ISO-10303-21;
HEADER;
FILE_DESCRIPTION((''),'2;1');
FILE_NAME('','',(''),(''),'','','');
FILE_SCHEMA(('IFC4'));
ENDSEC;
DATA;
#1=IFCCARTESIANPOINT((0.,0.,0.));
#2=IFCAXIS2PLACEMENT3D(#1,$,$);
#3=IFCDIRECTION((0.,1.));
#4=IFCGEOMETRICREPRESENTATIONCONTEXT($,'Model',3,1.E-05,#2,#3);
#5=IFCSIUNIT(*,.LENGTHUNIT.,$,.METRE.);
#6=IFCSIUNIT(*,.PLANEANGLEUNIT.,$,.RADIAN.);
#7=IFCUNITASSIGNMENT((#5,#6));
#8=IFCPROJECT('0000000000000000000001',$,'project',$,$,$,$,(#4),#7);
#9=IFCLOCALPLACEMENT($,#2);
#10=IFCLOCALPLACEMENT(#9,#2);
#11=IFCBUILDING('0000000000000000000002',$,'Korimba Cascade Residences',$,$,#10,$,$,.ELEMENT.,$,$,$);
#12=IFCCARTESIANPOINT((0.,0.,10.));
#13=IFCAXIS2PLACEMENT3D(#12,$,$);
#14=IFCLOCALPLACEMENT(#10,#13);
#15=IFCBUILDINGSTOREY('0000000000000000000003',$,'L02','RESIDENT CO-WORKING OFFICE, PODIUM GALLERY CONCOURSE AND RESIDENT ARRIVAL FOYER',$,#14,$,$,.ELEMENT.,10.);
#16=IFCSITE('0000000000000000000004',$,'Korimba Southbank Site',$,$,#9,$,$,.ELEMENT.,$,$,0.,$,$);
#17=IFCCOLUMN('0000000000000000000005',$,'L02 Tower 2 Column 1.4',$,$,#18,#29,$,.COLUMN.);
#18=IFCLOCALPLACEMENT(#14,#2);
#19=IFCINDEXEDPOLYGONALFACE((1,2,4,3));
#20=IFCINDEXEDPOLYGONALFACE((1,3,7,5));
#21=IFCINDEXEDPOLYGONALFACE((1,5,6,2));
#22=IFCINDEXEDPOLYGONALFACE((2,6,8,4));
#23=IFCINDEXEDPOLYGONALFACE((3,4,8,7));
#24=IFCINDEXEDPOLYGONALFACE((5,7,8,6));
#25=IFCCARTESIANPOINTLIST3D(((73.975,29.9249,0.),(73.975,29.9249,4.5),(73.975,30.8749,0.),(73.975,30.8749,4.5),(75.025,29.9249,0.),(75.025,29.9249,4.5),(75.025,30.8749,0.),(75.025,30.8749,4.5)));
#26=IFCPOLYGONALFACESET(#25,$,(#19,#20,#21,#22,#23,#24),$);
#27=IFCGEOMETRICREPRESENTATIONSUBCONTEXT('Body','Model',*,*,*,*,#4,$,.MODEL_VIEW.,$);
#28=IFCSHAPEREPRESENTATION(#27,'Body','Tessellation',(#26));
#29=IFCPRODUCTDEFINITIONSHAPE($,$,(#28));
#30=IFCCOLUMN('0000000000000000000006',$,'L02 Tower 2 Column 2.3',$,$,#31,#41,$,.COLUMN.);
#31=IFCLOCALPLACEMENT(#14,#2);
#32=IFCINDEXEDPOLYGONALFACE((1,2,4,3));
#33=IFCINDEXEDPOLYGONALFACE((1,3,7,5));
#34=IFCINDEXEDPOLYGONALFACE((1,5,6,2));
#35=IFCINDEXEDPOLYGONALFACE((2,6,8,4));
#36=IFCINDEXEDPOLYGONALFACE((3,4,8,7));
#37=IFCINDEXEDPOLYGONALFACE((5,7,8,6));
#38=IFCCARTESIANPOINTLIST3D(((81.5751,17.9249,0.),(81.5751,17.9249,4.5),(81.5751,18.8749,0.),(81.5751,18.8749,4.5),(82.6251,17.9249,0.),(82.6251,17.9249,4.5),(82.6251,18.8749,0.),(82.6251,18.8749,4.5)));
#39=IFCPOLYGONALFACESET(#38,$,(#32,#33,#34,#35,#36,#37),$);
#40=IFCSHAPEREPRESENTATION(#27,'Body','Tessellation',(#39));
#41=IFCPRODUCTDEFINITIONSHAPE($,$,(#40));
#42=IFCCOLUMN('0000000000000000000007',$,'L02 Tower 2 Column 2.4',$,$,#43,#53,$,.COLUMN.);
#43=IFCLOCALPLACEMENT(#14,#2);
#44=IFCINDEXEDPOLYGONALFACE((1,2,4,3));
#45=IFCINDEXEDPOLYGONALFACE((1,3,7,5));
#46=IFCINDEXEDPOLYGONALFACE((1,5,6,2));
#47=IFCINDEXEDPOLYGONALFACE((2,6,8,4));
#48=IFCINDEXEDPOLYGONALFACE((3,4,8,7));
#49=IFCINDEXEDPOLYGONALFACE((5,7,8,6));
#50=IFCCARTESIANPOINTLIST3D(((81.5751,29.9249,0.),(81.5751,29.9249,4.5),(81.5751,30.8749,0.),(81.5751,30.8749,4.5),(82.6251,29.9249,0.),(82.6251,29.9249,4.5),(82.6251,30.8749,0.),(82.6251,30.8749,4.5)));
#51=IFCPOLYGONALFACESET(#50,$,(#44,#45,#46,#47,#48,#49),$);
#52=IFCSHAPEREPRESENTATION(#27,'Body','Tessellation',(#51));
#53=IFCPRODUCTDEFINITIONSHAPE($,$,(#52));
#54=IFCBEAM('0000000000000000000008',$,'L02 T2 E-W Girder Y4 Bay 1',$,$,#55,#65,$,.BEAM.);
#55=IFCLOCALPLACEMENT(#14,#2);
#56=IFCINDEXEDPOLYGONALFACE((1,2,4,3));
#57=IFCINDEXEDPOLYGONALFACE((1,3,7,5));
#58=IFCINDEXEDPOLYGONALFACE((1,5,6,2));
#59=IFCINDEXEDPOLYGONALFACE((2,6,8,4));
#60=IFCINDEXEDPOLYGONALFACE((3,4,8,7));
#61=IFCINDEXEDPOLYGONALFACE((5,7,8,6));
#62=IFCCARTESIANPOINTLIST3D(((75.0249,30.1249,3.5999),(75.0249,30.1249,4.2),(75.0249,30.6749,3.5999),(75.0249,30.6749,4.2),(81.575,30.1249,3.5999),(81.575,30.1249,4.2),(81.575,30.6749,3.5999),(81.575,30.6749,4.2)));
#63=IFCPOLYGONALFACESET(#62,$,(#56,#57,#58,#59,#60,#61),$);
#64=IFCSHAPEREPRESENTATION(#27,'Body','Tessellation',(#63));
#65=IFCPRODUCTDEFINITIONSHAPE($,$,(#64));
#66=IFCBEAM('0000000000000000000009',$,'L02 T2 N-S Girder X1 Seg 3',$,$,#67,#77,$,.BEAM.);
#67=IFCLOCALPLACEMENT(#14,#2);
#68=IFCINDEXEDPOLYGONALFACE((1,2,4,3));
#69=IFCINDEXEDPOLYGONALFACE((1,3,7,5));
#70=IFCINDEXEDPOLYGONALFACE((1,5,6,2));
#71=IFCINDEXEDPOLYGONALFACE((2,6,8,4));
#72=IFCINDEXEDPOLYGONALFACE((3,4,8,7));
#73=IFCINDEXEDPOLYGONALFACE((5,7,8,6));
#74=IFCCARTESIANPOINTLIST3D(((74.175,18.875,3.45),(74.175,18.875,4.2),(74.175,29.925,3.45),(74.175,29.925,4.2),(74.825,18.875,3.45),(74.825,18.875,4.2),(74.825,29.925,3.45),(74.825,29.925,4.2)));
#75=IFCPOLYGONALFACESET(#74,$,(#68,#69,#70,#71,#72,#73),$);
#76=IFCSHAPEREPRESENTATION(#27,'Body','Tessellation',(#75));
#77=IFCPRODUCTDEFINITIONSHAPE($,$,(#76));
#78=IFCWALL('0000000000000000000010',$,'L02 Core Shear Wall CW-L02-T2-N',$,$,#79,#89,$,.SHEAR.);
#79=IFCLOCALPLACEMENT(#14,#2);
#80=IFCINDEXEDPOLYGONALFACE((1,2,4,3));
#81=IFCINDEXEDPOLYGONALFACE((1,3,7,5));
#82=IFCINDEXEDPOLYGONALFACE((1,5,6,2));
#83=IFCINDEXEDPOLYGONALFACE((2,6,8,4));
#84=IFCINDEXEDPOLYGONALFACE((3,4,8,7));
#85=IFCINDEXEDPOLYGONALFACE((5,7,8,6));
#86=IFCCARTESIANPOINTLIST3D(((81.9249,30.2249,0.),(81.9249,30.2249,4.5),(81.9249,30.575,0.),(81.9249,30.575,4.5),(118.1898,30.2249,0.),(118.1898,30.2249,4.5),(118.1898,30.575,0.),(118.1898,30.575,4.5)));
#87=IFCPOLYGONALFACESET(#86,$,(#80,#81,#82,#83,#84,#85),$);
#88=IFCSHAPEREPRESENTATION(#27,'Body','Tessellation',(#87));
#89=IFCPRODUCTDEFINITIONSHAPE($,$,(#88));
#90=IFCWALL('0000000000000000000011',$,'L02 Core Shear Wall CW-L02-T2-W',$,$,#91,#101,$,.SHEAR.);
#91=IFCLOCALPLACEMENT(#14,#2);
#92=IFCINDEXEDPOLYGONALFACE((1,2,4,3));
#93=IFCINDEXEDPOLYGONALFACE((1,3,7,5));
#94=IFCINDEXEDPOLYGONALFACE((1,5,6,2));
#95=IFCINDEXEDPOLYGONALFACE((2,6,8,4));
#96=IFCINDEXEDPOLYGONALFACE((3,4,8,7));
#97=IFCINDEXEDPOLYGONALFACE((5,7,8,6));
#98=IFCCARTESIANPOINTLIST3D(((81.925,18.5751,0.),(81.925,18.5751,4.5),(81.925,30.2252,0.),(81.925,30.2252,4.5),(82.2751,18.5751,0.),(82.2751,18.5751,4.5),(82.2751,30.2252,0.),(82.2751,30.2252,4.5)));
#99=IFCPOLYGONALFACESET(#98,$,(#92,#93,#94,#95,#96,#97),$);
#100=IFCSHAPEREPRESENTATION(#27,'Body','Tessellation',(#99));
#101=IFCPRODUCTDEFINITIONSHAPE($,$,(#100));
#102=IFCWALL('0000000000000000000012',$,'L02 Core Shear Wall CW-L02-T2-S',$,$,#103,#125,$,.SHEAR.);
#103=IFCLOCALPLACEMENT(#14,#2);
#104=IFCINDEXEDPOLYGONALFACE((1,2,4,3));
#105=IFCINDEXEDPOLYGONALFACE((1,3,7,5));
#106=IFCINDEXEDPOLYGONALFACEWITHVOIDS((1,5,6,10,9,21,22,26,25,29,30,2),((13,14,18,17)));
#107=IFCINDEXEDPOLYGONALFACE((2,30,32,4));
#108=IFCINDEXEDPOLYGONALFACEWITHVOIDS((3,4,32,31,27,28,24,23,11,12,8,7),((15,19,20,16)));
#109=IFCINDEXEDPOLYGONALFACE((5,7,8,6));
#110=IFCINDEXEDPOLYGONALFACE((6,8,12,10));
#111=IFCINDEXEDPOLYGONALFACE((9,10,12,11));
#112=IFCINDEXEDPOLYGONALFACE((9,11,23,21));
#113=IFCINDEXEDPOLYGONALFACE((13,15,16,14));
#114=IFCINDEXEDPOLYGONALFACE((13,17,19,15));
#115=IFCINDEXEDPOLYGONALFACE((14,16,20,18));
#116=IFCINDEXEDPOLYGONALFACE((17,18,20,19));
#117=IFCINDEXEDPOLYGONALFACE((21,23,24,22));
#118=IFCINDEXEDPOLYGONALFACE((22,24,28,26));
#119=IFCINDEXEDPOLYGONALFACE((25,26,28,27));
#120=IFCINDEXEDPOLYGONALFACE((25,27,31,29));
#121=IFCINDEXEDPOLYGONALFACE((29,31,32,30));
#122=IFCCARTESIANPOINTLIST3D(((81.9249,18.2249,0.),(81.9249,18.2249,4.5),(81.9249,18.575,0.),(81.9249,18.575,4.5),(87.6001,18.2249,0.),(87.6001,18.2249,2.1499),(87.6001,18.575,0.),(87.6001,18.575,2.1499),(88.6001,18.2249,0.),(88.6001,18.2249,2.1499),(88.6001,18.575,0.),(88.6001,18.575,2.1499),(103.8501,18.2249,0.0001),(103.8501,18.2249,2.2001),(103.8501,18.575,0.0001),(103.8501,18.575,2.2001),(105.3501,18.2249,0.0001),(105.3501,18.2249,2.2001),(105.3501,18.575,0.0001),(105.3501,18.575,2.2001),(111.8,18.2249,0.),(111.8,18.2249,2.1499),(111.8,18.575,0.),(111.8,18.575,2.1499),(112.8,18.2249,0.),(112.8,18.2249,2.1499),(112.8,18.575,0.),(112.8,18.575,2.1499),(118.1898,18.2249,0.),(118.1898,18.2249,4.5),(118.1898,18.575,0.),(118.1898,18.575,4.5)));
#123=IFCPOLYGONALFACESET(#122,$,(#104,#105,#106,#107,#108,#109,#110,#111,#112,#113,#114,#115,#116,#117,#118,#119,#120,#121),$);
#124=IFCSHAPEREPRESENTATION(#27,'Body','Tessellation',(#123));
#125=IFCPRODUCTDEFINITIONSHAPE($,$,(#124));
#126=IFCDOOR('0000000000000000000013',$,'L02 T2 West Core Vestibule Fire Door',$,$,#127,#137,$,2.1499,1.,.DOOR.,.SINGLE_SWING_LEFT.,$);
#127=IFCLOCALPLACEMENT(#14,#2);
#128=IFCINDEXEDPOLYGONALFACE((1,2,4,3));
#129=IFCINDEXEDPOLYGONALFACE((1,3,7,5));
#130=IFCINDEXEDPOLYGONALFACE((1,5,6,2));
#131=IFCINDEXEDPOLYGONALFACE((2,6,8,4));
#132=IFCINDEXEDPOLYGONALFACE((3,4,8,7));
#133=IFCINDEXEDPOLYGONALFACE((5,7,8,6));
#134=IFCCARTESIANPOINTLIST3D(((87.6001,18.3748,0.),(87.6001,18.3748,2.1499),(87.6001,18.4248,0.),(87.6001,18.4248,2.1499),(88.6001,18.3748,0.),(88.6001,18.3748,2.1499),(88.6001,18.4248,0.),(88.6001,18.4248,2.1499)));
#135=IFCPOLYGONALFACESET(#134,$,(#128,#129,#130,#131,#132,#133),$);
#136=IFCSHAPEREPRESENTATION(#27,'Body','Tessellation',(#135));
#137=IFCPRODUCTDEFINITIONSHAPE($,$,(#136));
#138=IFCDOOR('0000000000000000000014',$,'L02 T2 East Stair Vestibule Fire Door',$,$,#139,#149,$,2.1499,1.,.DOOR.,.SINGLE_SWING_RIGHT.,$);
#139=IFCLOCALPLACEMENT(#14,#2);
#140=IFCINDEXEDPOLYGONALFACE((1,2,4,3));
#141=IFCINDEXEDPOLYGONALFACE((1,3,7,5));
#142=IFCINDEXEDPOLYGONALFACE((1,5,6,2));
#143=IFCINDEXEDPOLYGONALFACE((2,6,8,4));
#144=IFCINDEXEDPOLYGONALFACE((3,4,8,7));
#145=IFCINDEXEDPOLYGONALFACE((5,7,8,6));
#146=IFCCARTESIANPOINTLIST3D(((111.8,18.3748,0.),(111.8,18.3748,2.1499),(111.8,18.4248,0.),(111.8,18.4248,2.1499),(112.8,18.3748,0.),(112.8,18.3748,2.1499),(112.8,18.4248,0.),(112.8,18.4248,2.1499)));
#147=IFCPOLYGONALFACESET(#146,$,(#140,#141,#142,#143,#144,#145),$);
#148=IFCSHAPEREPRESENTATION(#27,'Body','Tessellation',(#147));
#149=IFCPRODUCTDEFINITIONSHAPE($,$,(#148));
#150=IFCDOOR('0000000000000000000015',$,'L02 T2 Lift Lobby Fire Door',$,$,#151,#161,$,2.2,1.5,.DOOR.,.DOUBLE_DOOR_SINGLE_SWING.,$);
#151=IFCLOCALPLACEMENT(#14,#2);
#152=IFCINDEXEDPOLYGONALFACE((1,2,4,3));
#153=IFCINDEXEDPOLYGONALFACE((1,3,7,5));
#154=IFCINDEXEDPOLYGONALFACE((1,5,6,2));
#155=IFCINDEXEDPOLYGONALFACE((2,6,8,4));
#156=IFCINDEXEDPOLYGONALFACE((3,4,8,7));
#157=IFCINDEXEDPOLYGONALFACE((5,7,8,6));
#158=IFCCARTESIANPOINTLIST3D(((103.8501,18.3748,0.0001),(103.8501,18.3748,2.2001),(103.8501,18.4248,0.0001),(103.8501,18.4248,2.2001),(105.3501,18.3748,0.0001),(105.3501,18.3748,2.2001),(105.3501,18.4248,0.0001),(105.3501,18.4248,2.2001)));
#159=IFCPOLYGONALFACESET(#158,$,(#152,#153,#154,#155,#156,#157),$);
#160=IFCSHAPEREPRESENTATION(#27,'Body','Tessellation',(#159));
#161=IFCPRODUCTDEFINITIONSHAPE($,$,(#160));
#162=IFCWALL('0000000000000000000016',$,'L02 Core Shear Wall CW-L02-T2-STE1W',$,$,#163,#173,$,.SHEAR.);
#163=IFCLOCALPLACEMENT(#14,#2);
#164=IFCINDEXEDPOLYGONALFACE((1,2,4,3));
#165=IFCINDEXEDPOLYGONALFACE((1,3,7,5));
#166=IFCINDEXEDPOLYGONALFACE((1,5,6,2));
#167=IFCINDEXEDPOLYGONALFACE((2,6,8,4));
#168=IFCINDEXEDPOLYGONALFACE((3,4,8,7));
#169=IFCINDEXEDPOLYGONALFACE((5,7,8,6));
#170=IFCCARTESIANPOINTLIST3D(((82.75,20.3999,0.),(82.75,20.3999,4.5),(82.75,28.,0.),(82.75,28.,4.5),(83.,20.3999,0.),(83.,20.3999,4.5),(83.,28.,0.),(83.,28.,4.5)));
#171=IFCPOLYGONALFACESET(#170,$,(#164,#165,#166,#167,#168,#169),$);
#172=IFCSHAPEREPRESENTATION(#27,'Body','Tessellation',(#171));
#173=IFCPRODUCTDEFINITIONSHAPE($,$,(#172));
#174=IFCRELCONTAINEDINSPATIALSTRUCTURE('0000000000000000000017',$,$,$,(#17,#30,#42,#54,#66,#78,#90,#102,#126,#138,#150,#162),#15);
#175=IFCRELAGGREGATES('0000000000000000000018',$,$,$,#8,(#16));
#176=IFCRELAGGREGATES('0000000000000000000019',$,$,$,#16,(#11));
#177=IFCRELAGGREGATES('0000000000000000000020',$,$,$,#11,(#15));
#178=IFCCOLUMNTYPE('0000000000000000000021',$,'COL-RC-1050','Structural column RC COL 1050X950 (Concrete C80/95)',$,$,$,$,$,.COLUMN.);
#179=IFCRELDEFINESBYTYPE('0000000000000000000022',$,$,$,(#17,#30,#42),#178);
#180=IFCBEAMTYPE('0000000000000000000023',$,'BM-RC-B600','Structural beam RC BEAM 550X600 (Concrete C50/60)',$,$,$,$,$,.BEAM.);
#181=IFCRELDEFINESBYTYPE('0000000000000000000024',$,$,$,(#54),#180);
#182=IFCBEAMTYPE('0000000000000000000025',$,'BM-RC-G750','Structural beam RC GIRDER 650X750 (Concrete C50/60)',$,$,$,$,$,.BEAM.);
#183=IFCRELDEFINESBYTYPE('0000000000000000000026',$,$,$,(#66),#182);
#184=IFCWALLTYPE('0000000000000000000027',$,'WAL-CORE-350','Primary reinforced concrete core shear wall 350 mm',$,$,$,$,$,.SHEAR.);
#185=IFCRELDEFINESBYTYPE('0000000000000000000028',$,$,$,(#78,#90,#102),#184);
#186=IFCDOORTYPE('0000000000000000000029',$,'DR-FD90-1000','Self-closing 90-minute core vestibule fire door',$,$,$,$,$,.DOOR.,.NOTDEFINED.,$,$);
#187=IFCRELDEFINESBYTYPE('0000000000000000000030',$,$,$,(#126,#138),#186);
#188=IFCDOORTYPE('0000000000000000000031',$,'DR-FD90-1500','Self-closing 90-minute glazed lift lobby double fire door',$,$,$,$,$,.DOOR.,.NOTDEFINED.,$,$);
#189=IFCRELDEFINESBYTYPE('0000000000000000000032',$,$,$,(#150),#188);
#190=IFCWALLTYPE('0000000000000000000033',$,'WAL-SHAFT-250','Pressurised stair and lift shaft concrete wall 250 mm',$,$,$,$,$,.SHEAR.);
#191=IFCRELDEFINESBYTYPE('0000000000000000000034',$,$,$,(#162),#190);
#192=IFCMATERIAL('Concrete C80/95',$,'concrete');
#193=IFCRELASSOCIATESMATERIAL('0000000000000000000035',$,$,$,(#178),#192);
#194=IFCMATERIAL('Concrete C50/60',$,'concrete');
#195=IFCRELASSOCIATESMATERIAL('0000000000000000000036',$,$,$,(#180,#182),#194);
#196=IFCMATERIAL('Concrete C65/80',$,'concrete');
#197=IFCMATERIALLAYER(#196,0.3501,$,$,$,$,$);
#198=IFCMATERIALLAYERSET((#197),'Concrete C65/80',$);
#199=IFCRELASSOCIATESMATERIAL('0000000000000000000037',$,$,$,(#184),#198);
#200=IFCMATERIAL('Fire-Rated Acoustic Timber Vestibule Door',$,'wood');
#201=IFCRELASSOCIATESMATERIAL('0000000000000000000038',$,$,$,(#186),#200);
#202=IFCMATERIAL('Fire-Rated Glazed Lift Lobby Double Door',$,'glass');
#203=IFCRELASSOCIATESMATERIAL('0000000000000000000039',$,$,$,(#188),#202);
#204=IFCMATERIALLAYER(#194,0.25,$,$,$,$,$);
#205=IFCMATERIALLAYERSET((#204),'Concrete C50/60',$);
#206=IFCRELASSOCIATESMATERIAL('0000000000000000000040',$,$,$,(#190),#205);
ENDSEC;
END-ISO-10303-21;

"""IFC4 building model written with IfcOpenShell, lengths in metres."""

from ifc_helpers import new_model, si_unit, direction, frame, frame_2d, origin, origin_2d, place, context, subcontext, project, spatial, rectangle, extrude, material, layer, layer_set, material_profile, profile_set, type_object, element, fill, save


model = new_model("IFC4")

# Units and contexts
model_context = context("Model", 3, precision=1e-05, world=origin(), true_north=direction((0.0, 1.0)))
body_context = subcontext(model_context, "Body", "Model", "MODEL_VIEW")
ifc_project = project(units=[si_unit("LENGTHUNIT", "METRE"), si_unit("PLANEANGLEUNIT", "RADIAN")], contexts=[model_context])

# Site, building, storey
site_placement = place(None, origin())
site = spatial("IfcSite", under=ifc_project, at=site_placement, Name="Korimba Southbank Site", CompositionType="ELEMENT", RefElevation=0.0)
building_placement = place(site_placement, origin())
building = spatial("IfcBuilding", under=site, at=building_placement, Name="Korimba Cascade Residences", CompositionType="ELEMENT")
storey_placement = place(building_placement, frame((0.0, 0.0, 10.0)))
storey = spatial("IfcBuildingStorey", under=building, at=storey_placement, Name="L02", Description="RESIDENT CO-WORKING OFFICE, PODIUM GALLERY CONCOURSE AND RESIDENT ARRIVAL FOYER", CompositionType="ELEMENT", Elevation=10.0)

# Columns
ifc_material_1 = material(Name="Concrete C80/95", Category="concrete")
ifc_material_profile_1 = material_profile(ifc_material_1, rectangle(XDim=1.05, YDim=0.95, at=origin_2d()), Name="Concrete C80/95")
ifc_profile_set_1 = profile_set([ifc_material_profile_1], Name="Concrete C80/95")
column_type = type_object("IfcColumnType", Name="COL-RC-1050", Description="Structural column RC COL 1050X950 (Concrete C80/95)", PredefinedType="COLUMN", material=ifc_profile_set_1)
for number, where, z_axis, x_axis, name in (
    (1, (74.5, 30.3999, 0.0), (0.0, 0.0, 1.0), (1.0, 0.0, 0.0), "L02 Tower 2 Column 1.4"),
    (2, (82.1001, 18.3999, 0.0), (0.0, 0.0, 1.0), (1.0, 0.0, 0.0), "L02 Tower 2 Column 2.3"),
    (3, (82.1001, 30.3999, 0.0), (0.0, 0.0, 1.0), (1.0, 0.0, 0.0), "L02 Tower 2 Column 2.4"),
):
    element("IfcColumn", number, at=place(storey_placement, frame(where, z_axis=z_axis, x_axis=x_axis)), inside=storey, type_object=column_type, Name=name, PredefinedType="COLUMN", context=body_context, shape_type="SweptSolid", body=[
        extrude(rectangle(XDim=1.05, YDim=0.95, at=origin_2d()), origin(), (0.0, 0.0, 1.0), 4.5),
    ])

# Beams
ifc_material_2 = material(Name="Concrete C50/60", Category="concrete")
ifc_material_profile_2 = material_profile(ifc_material_2, rectangle(XDim=0.55, YDim=0.6001, at=origin_2d()), Name="Concrete C50/60")
ifc_profile_set_2 = profile_set([ifc_material_profile_2], Name="Concrete C50/60")
beam_type_1 = type_object("IfcBeamType", Name="BM-RC-B600", Description="Structural beam RC BEAM 550X600 (Concrete C50/60)", PredefinedType="BEAM", material=ifc_profile_set_2)
beam_1_placement = place(storey_placement, frame((75.0249, 30.3999, 3.8999), z_axis=(1.0, 0.0, 0.0), x_axis=(0.0, 1.0, 0.0)))
element("IfcBeam", 4, at=beam_1_placement, inside=storey, type_object=beam_type_1, Name="L02 T2 E-W Girder Y4 Bay 1", PredefinedType="BEAM", context=body_context, shape_type="SweptSolid", body=[
    extrude(rectangle(XDim=0.55, YDim=0.6001, at=origin_2d()), origin(), (0.0, 0.0, 1.0), 6.55),
])
ifc_material_profile_3 = material_profile(ifc_material_2, rectangle(XDim=0.6499, YDim=0.75, at=origin_2d()), Name="Concrete C50/60")
ifc_profile_set_3 = profile_set([ifc_material_profile_3], Name="Concrete C50/60")
beam_type_2 = type_object("IfcBeamType", Name="BM-RC-G750", Description="Structural beam RC GIRDER 650X750 (Concrete C50/60)", PredefinedType="BEAM", material=ifc_profile_set_3)
beam_2_placement = place(storey_placement, frame((74.5, 18.875, 3.825), z_axis=(0.0, 1.0, 0.0), x_axis=(-1.0, 0.0, 0.0)))
element("IfcBeam", 5, at=beam_2_placement, inside=storey, type_object=beam_type_2, Name="L02 T2 N-S Girder X1 Seg 3", PredefinedType="BEAM", context=body_context, shape_type="SweptSolid", body=[
    extrude(rectangle(XDim=0.6499, YDim=0.75, at=origin_2d()), origin(), (0.0, 0.0, 1.0), 11.05),
])

# Walls
ifc_material_3 = material(Name="Concrete C65/80", Category="concrete")
ifc_layer_1 = layer(ifc_material_3, 0.3501)
ifc_layer_set_1 = layer_set([ifc_layer_1], Name="Concrete C65/80")
wall_type_1 = type_object("IfcWallType", Name="WAL-CORE-350", Description="Primary reinforced concrete core shear wall 350 mm", PredefinedType="SHEAR", material=ifc_layer_set_1)
wall_1_placement = place(storey_placement, frame((81.925, 30.3999, 0.0), z_axis=(0.0, 0.0, 1.0), x_axis=(1.0, 0.0, 0.0)))
element("IfcWall", 6, at=wall_1_placement, inside=storey, type_object=wall_type_1, Name="L02 Core Shear Wall CW-L02-T2-N", PredefinedType="SHEAR", context=body_context, shape_type="SweptSolid", body=[
    extrude(rectangle(XDim=36.2649, YDim=0.3501, at=frame_2d((18.1323, 0.0))), origin(), (0.0, 0.0, 1.0), 4.5),
])
wall_2_placement = place(storey_placement, frame((82.1001, 18.575, 0.0), z_axis=(0.0, 0.0, 1.0), x_axis=(0.0, 1.0, 0.0)))
element("IfcWall", 7, at=wall_2_placement, inside=storey, type_object=wall_type_1, Name="L02 Core Shear Wall CW-L02-T2-W", PredefinedType="SHEAR", context=body_context, shape_type="SweptSolid", body=[
    extrude(rectangle(XDim=11.6501, YDim=0.3501, at=frame_2d((5.8252, 0.0))), origin(), (0.0, 0.0, 1.0), 4.5),
])

# Wall, openings, doors
wall_3_placement = place(storey_placement, frame((81.925, 18.3999, 0.0), z_axis=(0.0, 0.0, 1.0), x_axis=(1.0, 0.0, 0.0)))
wall_3 = element("IfcWall", 8, at=wall_3_placement, inside=storey, type_object=wall_type_1, Name="L02 Core Shear Wall CW-L02-T2-S", PredefinedType="SHEAR", context=body_context, shape_type="SweptSolid", body=[
    extrude(rectangle(XDim=36.2649, YDim=0.3501, at=frame_2d((18.1323, 0.0))), origin(), (0.0, 0.0, 1.0), 4.5),
])
opening_1_placement = place(wall_3_placement, frame((5.675, 0.0, 0.0)))
opening_1 = element("IfcOpeningElement", 9, at=opening_1_placement, cuts=wall_3, PredefinedType="OPENING", context=body_context, shape_type="SweptSolid", body=[
    extrude(rectangle(XDim=1.0, YDim=2.1499, at=frame_2d((0.5, 1.075))), frame((0.0, 0.1851, 0.0), z_axis=(0.0, -1.0, 0.0), x_axis=(1.0, 0.0, 0.0)), (0.0, 0.0, 1.0), 0.3701),
])
opening_2_placement = place(wall_3_placement, frame((21.925, 0.0, 0.0)))
opening_2 = element("IfcOpeningElement", 10, at=opening_2_placement, cuts=wall_3, PredefinedType="OPENING", context=body_context, shape_type="SweptSolid", body=[
    extrude(rectangle(XDim=1.5, YDim=2.2, at=frame_2d((0.75, 1.1001))), frame((0.0, 0.1851, 0.0), z_axis=(0.0, -1.0, 0.0), x_axis=(1.0, 0.0, 0.0)), (0.0, 0.0, 1.0), 0.3701),
])
opening_3_placement = place(wall_3_placement, frame((29.875, 0.0, 0.0)))
opening_3 = element("IfcOpeningElement", 11, at=opening_3_placement, cuts=wall_3, PredefinedType="OPENING", context=body_context, shape_type="SweptSolid", body=[
    extrude(rectangle(XDim=1.0, YDim=2.1499, at=frame_2d((0.5, 1.075))), frame((0.0, 0.1851, 0.0), z_axis=(0.0, -1.0, 0.0), x_axis=(1.0, 0.0, 0.0)), (0.0, 0.0, 1.0), 0.3701),
])
ifc_material_4 = material(Name="Fire-Rated Acoustic Timber Vestibule Door", Category="wood")
door_type_1 = type_object("IfcDoorType", Name="DR-FD90-1000", Description="Self-closing 90-minute core vestibule fire door", OperationType="NOTDEFINED", PredefinedType="DOOR", material=ifc_material_4)
door_1_placement = place(opening_1_placement, origin())
door_1 = element("IfcDoor", 12, at=door_1_placement, inside=storey, type_object=door_type_1, Name="L02 T2 West Core Vestibule Fire Door", OperationType="SINGLE_SWING_LEFT", OverallHeight=2.1499, OverallWidth=1.0, PredefinedType="DOOR", context=body_context, shape_type="SweptSolid", body=[
    extrude(rectangle(XDim=1.0, YDim=2.1499, at=frame_2d((0.5, 1.075))), frame((0.0, 0.0249, 0.0), z_axis=(0.0, -1.0, 0.0), x_axis=(1.0, 0.0, 0.0)), (0.0, 0.0, 1.0), 0.05),
])
fill(opening_1, door_1)
door_2_placement = place(opening_3_placement, origin())
door_2 = element("IfcDoor", 13, at=door_2_placement, inside=storey, type_object=door_type_1, Name="L02 T2 East Stair Vestibule Fire Door", OperationType="SINGLE_SWING_RIGHT", OverallHeight=2.1499, OverallWidth=1.0, PredefinedType="DOOR", context=body_context, shape_type="SweptSolid", body=[
    extrude(rectangle(XDim=1.0, YDim=2.1499, at=frame_2d((0.5, 1.075))), frame((0.0, 0.0249, 0.0), z_axis=(0.0, -1.0, 0.0), x_axis=(1.0, 0.0, 0.0)), (0.0, 0.0, 1.0), 0.05),
])
fill(opening_3, door_2)
ifc_material_5 = material(Name="Fire-Rated Glazed Lift Lobby Double Door", Category="glass")
door_type_2 = type_object("IfcDoorType", Name="DR-FD90-1500", Description="Self-closing 90-minute glazed lift lobby double fire door", OperationType="NOTDEFINED", PredefinedType="DOOR", material=ifc_material_5)
door_3_placement = place(opening_2_placement, origin())
door_3 = element("IfcDoor", 14, at=door_3_placement, inside=storey, type_object=door_type_2, Name="L02 T2 Lift Lobby Fire Door", OperationType="DOUBLE_DOOR_SINGLE_SWING", OverallHeight=2.2, OverallWidth=1.5, PredefinedType="DOOR", context=body_context, shape_type="SweptSolid", body=[
    extrude(rectangle(XDim=1.5, YDim=2.2, at=frame_2d((0.75, 1.1001))), frame((0.0, 0.0249, 0.0), z_axis=(0.0, -1.0, 0.0), x_axis=(1.0, 0.0, 0.0)), (0.0, 0.0, 1.0), 0.05),
])
fill(opening_2, door_3)

# Wall
ifc_layer_2 = layer(ifc_material_2, 0.25)
ifc_layer_set_2 = layer_set([ifc_layer_2], Name="Concrete C50/60")
wall_type_2 = type_object("IfcWallType", Name="WAL-SHAFT-250", Description="Pressurised stair and lift shaft concrete wall 250 mm", PredefinedType="SHEAR", material=ifc_layer_set_2)
wall_4_placement = place(storey_placement, frame((82.875, 20.3999, 0.0), z_axis=(0.0, 0.0, 1.0), x_axis=(0.0, 1.0, 0.0)))
element("IfcWall", 15, at=wall_4_placement, inside=storey, type_object=wall_type_2, Name="L02 Core Shear Wall CW-L02-T2-STE1W", PredefinedType="SHEAR", context=body_context, shape_type="SweptSolid", body=[
    extrude(rectangle(XDim=7.6001, YDim=0.25, at=frame_2d((3.8, 0.0))), origin(), (0.0, 0.0, 1.0), 4.5),
])

save(model, "model.ifc")
